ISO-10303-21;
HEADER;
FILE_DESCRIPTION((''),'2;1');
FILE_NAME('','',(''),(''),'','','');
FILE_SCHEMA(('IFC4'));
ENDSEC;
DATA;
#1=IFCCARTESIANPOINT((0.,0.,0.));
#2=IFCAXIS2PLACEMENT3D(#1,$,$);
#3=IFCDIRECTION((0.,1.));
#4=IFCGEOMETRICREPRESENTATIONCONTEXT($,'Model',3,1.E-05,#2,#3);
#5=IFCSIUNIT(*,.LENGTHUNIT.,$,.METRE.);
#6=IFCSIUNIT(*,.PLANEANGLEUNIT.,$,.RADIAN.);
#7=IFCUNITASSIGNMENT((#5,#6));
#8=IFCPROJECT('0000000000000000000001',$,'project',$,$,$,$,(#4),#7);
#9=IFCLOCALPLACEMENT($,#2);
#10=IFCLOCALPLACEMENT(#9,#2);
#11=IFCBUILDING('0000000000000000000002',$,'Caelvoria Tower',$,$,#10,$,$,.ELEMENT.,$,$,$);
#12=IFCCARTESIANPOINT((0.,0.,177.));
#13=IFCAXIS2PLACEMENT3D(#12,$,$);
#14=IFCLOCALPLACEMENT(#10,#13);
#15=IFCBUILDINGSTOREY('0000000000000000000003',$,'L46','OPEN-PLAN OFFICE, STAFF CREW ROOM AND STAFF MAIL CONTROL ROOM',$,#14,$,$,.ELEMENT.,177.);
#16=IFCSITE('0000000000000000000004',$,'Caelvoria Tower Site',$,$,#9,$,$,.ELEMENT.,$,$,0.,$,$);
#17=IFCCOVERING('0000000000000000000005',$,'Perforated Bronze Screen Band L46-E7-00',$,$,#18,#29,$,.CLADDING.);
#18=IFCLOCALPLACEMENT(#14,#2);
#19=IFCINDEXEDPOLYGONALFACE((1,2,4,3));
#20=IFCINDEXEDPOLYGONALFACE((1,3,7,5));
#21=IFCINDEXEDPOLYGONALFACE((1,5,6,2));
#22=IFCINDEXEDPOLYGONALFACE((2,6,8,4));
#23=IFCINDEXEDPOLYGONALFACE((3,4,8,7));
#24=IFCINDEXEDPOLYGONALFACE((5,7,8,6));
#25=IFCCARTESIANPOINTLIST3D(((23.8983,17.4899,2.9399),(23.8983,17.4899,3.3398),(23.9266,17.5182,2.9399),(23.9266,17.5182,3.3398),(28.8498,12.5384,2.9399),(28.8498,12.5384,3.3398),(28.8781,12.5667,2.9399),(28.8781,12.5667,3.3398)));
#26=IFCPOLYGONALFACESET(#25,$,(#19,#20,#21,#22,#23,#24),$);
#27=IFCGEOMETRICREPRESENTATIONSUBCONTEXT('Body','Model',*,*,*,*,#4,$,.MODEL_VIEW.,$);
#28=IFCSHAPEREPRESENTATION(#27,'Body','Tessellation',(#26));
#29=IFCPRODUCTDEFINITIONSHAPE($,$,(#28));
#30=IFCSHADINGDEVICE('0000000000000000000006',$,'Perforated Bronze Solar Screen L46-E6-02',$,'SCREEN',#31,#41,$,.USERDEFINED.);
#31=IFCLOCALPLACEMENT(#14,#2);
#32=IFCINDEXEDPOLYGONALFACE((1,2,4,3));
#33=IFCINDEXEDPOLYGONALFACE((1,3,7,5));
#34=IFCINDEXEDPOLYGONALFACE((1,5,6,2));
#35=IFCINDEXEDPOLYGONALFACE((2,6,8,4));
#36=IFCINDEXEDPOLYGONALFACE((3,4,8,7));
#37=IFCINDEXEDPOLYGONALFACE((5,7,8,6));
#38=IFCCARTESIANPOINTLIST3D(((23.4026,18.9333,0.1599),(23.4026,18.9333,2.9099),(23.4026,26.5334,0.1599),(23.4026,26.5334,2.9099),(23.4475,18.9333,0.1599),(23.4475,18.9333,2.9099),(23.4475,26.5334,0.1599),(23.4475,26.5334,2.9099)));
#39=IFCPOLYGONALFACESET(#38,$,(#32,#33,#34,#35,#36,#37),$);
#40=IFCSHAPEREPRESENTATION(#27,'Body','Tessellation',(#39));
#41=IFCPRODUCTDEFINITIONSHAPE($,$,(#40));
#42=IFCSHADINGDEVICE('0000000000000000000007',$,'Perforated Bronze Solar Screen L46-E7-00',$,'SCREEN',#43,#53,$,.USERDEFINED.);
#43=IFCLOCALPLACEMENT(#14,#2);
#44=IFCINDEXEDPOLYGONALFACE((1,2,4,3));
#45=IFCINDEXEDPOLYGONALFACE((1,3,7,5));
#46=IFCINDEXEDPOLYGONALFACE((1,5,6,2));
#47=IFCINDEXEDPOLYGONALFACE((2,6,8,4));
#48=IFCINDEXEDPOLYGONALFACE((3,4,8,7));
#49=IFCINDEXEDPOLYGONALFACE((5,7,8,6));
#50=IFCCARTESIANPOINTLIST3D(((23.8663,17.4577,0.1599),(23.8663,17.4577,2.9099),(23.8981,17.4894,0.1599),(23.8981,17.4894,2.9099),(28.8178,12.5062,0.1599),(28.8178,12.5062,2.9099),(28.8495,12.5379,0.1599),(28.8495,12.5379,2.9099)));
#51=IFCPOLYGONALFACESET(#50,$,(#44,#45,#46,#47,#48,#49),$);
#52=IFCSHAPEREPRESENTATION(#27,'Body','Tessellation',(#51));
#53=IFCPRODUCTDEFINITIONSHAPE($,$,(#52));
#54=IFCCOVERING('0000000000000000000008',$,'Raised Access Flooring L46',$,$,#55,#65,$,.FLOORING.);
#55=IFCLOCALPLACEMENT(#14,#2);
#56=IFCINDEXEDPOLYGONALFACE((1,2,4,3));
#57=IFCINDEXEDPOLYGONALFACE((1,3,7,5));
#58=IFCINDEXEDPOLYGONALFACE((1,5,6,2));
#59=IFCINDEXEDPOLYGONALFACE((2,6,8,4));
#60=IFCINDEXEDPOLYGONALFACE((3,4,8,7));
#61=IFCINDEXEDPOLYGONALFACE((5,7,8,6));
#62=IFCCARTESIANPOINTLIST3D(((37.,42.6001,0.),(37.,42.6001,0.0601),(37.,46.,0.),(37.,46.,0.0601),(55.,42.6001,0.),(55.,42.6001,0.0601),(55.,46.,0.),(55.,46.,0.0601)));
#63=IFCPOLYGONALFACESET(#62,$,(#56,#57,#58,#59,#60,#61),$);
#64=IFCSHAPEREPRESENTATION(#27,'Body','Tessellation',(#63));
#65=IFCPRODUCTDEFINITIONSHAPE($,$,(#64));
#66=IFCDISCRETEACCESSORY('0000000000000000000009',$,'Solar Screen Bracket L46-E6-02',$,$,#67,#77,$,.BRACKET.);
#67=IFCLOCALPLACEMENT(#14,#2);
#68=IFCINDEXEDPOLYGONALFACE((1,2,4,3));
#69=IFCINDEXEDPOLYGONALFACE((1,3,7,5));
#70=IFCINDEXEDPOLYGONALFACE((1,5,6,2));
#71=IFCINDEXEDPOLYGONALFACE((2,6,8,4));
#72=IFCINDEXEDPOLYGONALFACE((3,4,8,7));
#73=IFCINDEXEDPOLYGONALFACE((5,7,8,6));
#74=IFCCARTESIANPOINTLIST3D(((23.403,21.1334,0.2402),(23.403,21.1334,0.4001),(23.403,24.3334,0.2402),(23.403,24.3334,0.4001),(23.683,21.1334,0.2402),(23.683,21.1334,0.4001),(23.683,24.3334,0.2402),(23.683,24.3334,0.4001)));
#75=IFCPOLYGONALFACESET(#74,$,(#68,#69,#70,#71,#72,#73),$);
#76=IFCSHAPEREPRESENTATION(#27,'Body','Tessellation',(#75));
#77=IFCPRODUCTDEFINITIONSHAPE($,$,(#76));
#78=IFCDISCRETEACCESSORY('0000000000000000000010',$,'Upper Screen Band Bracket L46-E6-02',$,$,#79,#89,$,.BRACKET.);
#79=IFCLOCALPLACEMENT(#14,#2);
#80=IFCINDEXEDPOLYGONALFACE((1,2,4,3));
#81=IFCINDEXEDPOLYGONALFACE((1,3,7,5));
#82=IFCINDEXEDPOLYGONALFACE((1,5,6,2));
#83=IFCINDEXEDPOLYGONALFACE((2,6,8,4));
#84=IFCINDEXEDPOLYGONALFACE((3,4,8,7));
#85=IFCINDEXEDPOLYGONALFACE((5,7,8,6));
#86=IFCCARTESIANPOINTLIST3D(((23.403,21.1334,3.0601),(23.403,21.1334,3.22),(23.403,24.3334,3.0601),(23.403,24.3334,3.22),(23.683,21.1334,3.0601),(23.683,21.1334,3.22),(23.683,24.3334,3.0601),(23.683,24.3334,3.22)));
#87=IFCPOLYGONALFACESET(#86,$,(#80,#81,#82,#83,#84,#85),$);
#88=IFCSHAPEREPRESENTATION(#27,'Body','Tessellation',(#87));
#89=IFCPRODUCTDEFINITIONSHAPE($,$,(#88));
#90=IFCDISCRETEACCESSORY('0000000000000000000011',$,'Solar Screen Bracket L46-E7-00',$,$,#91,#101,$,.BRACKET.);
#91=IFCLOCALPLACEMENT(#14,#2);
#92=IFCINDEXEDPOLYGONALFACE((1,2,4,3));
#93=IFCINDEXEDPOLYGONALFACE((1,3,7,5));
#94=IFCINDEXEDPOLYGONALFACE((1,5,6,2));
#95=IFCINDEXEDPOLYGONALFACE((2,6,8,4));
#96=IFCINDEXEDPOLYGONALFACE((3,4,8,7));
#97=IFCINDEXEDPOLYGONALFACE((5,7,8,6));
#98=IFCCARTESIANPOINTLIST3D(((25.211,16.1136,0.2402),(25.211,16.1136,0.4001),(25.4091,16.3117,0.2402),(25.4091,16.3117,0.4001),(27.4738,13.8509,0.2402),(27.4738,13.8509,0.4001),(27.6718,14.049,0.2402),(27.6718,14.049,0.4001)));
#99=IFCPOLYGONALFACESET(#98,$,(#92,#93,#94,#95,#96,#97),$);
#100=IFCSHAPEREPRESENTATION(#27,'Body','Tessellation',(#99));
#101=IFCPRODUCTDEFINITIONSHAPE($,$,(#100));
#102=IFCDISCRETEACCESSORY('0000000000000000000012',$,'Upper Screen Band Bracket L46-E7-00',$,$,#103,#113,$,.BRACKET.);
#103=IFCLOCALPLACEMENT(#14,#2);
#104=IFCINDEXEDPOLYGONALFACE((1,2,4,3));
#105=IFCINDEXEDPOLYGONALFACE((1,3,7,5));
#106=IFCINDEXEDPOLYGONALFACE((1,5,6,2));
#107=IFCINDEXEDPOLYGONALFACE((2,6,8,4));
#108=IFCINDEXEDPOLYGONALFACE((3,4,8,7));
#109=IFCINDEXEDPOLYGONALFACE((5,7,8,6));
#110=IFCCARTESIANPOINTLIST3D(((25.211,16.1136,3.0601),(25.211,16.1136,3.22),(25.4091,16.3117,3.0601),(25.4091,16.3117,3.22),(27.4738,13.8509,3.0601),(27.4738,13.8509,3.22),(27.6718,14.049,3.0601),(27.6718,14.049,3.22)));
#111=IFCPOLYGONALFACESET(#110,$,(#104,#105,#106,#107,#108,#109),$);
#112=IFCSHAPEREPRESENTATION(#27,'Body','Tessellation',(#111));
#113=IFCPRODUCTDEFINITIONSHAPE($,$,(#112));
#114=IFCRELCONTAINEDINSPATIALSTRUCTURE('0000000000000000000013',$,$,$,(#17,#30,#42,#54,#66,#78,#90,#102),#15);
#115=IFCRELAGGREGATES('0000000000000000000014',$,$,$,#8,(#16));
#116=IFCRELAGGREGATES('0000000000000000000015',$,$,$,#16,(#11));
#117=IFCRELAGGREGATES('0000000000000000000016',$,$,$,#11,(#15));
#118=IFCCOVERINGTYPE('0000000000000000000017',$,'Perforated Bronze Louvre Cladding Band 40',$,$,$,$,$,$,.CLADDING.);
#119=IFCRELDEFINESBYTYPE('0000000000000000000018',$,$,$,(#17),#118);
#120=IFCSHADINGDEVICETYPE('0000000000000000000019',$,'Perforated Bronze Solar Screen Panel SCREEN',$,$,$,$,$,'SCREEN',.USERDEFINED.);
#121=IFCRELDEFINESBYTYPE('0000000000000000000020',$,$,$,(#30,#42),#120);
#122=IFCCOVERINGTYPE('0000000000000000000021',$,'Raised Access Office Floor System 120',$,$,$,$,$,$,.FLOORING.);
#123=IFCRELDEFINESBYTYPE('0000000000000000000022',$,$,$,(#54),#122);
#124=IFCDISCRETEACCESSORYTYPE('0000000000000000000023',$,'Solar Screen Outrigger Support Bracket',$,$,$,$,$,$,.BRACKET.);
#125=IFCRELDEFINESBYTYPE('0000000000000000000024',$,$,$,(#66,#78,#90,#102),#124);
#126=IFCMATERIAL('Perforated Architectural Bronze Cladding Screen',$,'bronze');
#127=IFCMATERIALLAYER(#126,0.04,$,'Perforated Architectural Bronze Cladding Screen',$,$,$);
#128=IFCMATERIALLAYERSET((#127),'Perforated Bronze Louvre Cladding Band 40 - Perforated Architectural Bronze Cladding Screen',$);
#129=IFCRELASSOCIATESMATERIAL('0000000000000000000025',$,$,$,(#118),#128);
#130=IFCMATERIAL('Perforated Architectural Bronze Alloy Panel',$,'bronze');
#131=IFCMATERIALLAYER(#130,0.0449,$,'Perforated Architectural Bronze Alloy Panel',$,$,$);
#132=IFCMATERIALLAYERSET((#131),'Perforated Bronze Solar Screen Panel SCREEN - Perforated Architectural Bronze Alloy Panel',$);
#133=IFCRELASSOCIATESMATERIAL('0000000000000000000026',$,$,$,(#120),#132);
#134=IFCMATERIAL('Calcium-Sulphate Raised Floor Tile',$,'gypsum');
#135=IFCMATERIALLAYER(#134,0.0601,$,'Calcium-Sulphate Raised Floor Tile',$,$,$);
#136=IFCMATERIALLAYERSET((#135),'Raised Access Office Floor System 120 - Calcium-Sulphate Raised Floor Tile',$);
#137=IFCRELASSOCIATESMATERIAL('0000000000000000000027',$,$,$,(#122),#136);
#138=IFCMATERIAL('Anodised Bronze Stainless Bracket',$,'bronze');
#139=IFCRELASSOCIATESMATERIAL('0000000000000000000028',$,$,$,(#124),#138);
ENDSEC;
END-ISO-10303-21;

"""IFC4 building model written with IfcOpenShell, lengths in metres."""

from ifc_helpers import new_model, si_unit, direction, frame, origin, origin_2d, place, context, subcontext, project, spatial, polyline, rectangle, outline, extrude, material, layer, layer_set, type_object, element, save


model = new_model("IFC4")

# Units and contexts
model_context = context("Model", 3, precision=1e-05, world=origin(), true_north=direction((0.0, 1.0)))
body_context = subcontext(model_context, "Body", "Model", "MODEL_VIEW")
ifc_project = project(units=[si_unit("LENGTHUNIT", "METRE"), si_unit("PLANEANGLEUNIT", "RADIAN")], contexts=[model_context])

# Site, building, storey
site_placement = place(None, origin())
site = spatial("IfcSite", under=ifc_project, at=site_placement, Name="Caelvoria Tower Site", CompositionType="ELEMENT", RefElevation=0.0)
building_placement = place(site_placement, origin())
building = spatial("IfcBuilding", under=site, at=building_placement, Name="Caelvoria Tower", CompositionType="ELEMENT")
storey_placement = place(building_placement, frame((0.0, 0.0, 177.0)))
storey = spatial("IfcBuildingStorey", under=building, at=storey_placement, Name="L46", Description="OPEN-PLAN OFFICE, STAFF CREW ROOM AND STAFF MAIL CONTROL ROOM", CompositionType="ELEMENT", Elevation=177.0)

# Covering
ifc_material_1 = material(Name="Perforated Architectural Bronze Cladding Screen", Category="bronze")
ifc_layer_1 = layer(ifc_material_1, 0.04, Name="Perforated Architectural Bronze Cladding Screen")
ifc_layer_set_1 = layer_set([ifc_layer_1], Name="Perforated Bronze Louvre Cladding Band 40 - Perforated Architectural Bronze Cladding Screen")
covering_type_1 = type_object("IfcCoveringType", Name="Perforated Bronze Louvre Cladding Band 40", PredefinedType="CLADDING", material=ifc_layer_set_1)
covering_1_placement = place(storey_placement, frame((26.3882, 15.0283, 2.9399), z_axis=(0.0, 0.0, 1.0), x_axis=(0.707107, -0.707107, 0.0)))
element("IfcCovering", 1, at=covering_1_placement, inside=storey, type_object=covering_type_1, Name="Perforated Bronze Screen Band L46-E7-00", PredefinedType="CLADDING", context=body_context, shape_type="SweptSolid", body=[
    extrude(rectangle(XDim=7.0024, YDim=0.04, at=origin_2d()), origin(), (0.0, 0.0, 1.0), 0.3999),
])

# Shading devices
ifc_material_2 = material(Name="Perforated Architectural Bronze Alloy Panel", Category="bronze")
ifc_layer_2 = layer(ifc_material_2, 0.0449, Name="Perforated Architectural Bronze Alloy Panel")
ifc_layer_set_2 = layer_set([ifc_layer_2], Name="Perforated Bronze Solar Screen Panel SCREEN - Perforated Architectural Bronze Alloy Panel")
shading_device_type = type_object("IfcShadingDeviceType", Name="Perforated Bronze Solar Screen Panel SCREEN", ElementType="SCREEN", PredefinedType="USERDEFINED", material=ifc_layer_set_2)
shading_device_1_placement = place(storey_placement, frame((23.425, 22.7334, 0.1599), z_axis=(0.0, 0.0, 1.0), x_axis=(0.0, -1.0, 0.0)))
element("IfcShadingDevice", 2, at=shading_device_1_placement, inside=storey, type_object=shading_device_type, Name="Perforated Bronze Solar Screen L46-E6-02", ObjectType="SCREEN", PredefinedType="USERDEFINED", context=body_context, shape_type="SweptSolid", body=[
    extrude(rectangle(XDim=7.6001, YDim=0.0449, at=origin_2d()), origin(), (0.0, 0.0, 1.0), 2.75),
])
shading_device_2_placement = place(storey_placement, frame((26.3579, 14.9978, 0.1599), z_axis=(0.0, 0.0, 1.0), x_axis=(0.707107, -0.707107, 0.0)))
element("IfcShadingDevice", 3, at=shading_device_2_placement, inside=storey, type_object=shading_device_type, Name="Perforated Bronze Solar Screen L46-E7-00", ObjectType="SCREEN", PredefinedType="USERDEFINED", context=body_context, shape_type="SweptSolid", body=[
    extrude(rectangle(XDim=7.0024, YDim=0.0449, at=origin_2d()), origin(), (0.0, 0.0, 1.0), 2.75),
])

# Covering
ifc_material_3 = material(Name="Calcium-Sulphate Raised Floor Tile", Category="gypsum")
ifc_layer_3 = layer(ifc_material_3, 0.0601, Name="Calcium-Sulphate Raised Floor Tile")
ifc_layer_set_3 = layer_set([ifc_layer_3], Name="Raised Access Office Floor System 120 - Calcium-Sulphate Raised Floor Tile")
covering_type_2 = type_object("IfcCoveringType", Name="Raised Access Office Floor System 120", PredefinedType="FLOORING", material=ifc_layer_set_3)
covering_2_placement = place(storey_placement, origin())
element("IfcCovering", 4, at=covering_2_placement, inside=storey, type_object=covering_type_2, Name="Raised Access Flooring L46", PredefinedType="FLOORING", context=body_context, shape_type="SweptSolid", body=[
    extrude(outline(polyline([(37.0, 42.6001), (55.0, 42.6001), (55.0, 46.0), (37.0, 46.0), (37.0, 42.6001)])), origin(), (0.0, 0.0, 1.0), 0.0601),
])

# Discrete accessories
ifc_material_4 = material(Name="Anodised Bronze Stainless Bracket", Category="bronze")
discrete_accessory_type = type_object("IfcDiscreteAccessoryType", Name="Solar Screen Outrigger Support Bracket", PredefinedType="BRACKET", material=ifc_material_4)
for number, where, z_axis, x_axis, name in (
    (5, (23.543, 22.7334, 0.2402), (0.0, 0.0, 1.0), (0.0, -1.0, 0.0), "Solar Screen Bracket L46-E6-02"),
    (6, (23.543, 22.7334, 3.0601), (0.0, 0.0, 1.0), (0.0, -1.0, 0.0), "Upper Screen Band Bracket L46-E6-02"),
    (7, (26.4414, 15.0813, 0.2402), (0.0, 0.0, 1.0), (0.707107, -0.707107, 0.0), "Solar Screen Bracket L46-E7-00"),
    (8, (26.4414, 15.0813, 3.0601), (0.0, 0.0, 1.0), (0.707107, -0.707107, 0.0), "Upper Screen Band Bracket L46-E7-00"),
):
    element("IfcDiscreteAccessory", number, at=place(storey_placement, frame(where, z_axis=z_axis, x_axis=x_axis)), inside=storey, type_object=discrete_accessory_type, Name=name, PredefinedType="BRACKET", context=body_context, shape_type="SweptSolid", body=[
        extrude(rectangle(XDim=3.2, YDim=0.28, at=origin_2d()), origin(), (0.0, 0.0, 1.0), 0.1599),
    ])

save(model, "model.ifc")
